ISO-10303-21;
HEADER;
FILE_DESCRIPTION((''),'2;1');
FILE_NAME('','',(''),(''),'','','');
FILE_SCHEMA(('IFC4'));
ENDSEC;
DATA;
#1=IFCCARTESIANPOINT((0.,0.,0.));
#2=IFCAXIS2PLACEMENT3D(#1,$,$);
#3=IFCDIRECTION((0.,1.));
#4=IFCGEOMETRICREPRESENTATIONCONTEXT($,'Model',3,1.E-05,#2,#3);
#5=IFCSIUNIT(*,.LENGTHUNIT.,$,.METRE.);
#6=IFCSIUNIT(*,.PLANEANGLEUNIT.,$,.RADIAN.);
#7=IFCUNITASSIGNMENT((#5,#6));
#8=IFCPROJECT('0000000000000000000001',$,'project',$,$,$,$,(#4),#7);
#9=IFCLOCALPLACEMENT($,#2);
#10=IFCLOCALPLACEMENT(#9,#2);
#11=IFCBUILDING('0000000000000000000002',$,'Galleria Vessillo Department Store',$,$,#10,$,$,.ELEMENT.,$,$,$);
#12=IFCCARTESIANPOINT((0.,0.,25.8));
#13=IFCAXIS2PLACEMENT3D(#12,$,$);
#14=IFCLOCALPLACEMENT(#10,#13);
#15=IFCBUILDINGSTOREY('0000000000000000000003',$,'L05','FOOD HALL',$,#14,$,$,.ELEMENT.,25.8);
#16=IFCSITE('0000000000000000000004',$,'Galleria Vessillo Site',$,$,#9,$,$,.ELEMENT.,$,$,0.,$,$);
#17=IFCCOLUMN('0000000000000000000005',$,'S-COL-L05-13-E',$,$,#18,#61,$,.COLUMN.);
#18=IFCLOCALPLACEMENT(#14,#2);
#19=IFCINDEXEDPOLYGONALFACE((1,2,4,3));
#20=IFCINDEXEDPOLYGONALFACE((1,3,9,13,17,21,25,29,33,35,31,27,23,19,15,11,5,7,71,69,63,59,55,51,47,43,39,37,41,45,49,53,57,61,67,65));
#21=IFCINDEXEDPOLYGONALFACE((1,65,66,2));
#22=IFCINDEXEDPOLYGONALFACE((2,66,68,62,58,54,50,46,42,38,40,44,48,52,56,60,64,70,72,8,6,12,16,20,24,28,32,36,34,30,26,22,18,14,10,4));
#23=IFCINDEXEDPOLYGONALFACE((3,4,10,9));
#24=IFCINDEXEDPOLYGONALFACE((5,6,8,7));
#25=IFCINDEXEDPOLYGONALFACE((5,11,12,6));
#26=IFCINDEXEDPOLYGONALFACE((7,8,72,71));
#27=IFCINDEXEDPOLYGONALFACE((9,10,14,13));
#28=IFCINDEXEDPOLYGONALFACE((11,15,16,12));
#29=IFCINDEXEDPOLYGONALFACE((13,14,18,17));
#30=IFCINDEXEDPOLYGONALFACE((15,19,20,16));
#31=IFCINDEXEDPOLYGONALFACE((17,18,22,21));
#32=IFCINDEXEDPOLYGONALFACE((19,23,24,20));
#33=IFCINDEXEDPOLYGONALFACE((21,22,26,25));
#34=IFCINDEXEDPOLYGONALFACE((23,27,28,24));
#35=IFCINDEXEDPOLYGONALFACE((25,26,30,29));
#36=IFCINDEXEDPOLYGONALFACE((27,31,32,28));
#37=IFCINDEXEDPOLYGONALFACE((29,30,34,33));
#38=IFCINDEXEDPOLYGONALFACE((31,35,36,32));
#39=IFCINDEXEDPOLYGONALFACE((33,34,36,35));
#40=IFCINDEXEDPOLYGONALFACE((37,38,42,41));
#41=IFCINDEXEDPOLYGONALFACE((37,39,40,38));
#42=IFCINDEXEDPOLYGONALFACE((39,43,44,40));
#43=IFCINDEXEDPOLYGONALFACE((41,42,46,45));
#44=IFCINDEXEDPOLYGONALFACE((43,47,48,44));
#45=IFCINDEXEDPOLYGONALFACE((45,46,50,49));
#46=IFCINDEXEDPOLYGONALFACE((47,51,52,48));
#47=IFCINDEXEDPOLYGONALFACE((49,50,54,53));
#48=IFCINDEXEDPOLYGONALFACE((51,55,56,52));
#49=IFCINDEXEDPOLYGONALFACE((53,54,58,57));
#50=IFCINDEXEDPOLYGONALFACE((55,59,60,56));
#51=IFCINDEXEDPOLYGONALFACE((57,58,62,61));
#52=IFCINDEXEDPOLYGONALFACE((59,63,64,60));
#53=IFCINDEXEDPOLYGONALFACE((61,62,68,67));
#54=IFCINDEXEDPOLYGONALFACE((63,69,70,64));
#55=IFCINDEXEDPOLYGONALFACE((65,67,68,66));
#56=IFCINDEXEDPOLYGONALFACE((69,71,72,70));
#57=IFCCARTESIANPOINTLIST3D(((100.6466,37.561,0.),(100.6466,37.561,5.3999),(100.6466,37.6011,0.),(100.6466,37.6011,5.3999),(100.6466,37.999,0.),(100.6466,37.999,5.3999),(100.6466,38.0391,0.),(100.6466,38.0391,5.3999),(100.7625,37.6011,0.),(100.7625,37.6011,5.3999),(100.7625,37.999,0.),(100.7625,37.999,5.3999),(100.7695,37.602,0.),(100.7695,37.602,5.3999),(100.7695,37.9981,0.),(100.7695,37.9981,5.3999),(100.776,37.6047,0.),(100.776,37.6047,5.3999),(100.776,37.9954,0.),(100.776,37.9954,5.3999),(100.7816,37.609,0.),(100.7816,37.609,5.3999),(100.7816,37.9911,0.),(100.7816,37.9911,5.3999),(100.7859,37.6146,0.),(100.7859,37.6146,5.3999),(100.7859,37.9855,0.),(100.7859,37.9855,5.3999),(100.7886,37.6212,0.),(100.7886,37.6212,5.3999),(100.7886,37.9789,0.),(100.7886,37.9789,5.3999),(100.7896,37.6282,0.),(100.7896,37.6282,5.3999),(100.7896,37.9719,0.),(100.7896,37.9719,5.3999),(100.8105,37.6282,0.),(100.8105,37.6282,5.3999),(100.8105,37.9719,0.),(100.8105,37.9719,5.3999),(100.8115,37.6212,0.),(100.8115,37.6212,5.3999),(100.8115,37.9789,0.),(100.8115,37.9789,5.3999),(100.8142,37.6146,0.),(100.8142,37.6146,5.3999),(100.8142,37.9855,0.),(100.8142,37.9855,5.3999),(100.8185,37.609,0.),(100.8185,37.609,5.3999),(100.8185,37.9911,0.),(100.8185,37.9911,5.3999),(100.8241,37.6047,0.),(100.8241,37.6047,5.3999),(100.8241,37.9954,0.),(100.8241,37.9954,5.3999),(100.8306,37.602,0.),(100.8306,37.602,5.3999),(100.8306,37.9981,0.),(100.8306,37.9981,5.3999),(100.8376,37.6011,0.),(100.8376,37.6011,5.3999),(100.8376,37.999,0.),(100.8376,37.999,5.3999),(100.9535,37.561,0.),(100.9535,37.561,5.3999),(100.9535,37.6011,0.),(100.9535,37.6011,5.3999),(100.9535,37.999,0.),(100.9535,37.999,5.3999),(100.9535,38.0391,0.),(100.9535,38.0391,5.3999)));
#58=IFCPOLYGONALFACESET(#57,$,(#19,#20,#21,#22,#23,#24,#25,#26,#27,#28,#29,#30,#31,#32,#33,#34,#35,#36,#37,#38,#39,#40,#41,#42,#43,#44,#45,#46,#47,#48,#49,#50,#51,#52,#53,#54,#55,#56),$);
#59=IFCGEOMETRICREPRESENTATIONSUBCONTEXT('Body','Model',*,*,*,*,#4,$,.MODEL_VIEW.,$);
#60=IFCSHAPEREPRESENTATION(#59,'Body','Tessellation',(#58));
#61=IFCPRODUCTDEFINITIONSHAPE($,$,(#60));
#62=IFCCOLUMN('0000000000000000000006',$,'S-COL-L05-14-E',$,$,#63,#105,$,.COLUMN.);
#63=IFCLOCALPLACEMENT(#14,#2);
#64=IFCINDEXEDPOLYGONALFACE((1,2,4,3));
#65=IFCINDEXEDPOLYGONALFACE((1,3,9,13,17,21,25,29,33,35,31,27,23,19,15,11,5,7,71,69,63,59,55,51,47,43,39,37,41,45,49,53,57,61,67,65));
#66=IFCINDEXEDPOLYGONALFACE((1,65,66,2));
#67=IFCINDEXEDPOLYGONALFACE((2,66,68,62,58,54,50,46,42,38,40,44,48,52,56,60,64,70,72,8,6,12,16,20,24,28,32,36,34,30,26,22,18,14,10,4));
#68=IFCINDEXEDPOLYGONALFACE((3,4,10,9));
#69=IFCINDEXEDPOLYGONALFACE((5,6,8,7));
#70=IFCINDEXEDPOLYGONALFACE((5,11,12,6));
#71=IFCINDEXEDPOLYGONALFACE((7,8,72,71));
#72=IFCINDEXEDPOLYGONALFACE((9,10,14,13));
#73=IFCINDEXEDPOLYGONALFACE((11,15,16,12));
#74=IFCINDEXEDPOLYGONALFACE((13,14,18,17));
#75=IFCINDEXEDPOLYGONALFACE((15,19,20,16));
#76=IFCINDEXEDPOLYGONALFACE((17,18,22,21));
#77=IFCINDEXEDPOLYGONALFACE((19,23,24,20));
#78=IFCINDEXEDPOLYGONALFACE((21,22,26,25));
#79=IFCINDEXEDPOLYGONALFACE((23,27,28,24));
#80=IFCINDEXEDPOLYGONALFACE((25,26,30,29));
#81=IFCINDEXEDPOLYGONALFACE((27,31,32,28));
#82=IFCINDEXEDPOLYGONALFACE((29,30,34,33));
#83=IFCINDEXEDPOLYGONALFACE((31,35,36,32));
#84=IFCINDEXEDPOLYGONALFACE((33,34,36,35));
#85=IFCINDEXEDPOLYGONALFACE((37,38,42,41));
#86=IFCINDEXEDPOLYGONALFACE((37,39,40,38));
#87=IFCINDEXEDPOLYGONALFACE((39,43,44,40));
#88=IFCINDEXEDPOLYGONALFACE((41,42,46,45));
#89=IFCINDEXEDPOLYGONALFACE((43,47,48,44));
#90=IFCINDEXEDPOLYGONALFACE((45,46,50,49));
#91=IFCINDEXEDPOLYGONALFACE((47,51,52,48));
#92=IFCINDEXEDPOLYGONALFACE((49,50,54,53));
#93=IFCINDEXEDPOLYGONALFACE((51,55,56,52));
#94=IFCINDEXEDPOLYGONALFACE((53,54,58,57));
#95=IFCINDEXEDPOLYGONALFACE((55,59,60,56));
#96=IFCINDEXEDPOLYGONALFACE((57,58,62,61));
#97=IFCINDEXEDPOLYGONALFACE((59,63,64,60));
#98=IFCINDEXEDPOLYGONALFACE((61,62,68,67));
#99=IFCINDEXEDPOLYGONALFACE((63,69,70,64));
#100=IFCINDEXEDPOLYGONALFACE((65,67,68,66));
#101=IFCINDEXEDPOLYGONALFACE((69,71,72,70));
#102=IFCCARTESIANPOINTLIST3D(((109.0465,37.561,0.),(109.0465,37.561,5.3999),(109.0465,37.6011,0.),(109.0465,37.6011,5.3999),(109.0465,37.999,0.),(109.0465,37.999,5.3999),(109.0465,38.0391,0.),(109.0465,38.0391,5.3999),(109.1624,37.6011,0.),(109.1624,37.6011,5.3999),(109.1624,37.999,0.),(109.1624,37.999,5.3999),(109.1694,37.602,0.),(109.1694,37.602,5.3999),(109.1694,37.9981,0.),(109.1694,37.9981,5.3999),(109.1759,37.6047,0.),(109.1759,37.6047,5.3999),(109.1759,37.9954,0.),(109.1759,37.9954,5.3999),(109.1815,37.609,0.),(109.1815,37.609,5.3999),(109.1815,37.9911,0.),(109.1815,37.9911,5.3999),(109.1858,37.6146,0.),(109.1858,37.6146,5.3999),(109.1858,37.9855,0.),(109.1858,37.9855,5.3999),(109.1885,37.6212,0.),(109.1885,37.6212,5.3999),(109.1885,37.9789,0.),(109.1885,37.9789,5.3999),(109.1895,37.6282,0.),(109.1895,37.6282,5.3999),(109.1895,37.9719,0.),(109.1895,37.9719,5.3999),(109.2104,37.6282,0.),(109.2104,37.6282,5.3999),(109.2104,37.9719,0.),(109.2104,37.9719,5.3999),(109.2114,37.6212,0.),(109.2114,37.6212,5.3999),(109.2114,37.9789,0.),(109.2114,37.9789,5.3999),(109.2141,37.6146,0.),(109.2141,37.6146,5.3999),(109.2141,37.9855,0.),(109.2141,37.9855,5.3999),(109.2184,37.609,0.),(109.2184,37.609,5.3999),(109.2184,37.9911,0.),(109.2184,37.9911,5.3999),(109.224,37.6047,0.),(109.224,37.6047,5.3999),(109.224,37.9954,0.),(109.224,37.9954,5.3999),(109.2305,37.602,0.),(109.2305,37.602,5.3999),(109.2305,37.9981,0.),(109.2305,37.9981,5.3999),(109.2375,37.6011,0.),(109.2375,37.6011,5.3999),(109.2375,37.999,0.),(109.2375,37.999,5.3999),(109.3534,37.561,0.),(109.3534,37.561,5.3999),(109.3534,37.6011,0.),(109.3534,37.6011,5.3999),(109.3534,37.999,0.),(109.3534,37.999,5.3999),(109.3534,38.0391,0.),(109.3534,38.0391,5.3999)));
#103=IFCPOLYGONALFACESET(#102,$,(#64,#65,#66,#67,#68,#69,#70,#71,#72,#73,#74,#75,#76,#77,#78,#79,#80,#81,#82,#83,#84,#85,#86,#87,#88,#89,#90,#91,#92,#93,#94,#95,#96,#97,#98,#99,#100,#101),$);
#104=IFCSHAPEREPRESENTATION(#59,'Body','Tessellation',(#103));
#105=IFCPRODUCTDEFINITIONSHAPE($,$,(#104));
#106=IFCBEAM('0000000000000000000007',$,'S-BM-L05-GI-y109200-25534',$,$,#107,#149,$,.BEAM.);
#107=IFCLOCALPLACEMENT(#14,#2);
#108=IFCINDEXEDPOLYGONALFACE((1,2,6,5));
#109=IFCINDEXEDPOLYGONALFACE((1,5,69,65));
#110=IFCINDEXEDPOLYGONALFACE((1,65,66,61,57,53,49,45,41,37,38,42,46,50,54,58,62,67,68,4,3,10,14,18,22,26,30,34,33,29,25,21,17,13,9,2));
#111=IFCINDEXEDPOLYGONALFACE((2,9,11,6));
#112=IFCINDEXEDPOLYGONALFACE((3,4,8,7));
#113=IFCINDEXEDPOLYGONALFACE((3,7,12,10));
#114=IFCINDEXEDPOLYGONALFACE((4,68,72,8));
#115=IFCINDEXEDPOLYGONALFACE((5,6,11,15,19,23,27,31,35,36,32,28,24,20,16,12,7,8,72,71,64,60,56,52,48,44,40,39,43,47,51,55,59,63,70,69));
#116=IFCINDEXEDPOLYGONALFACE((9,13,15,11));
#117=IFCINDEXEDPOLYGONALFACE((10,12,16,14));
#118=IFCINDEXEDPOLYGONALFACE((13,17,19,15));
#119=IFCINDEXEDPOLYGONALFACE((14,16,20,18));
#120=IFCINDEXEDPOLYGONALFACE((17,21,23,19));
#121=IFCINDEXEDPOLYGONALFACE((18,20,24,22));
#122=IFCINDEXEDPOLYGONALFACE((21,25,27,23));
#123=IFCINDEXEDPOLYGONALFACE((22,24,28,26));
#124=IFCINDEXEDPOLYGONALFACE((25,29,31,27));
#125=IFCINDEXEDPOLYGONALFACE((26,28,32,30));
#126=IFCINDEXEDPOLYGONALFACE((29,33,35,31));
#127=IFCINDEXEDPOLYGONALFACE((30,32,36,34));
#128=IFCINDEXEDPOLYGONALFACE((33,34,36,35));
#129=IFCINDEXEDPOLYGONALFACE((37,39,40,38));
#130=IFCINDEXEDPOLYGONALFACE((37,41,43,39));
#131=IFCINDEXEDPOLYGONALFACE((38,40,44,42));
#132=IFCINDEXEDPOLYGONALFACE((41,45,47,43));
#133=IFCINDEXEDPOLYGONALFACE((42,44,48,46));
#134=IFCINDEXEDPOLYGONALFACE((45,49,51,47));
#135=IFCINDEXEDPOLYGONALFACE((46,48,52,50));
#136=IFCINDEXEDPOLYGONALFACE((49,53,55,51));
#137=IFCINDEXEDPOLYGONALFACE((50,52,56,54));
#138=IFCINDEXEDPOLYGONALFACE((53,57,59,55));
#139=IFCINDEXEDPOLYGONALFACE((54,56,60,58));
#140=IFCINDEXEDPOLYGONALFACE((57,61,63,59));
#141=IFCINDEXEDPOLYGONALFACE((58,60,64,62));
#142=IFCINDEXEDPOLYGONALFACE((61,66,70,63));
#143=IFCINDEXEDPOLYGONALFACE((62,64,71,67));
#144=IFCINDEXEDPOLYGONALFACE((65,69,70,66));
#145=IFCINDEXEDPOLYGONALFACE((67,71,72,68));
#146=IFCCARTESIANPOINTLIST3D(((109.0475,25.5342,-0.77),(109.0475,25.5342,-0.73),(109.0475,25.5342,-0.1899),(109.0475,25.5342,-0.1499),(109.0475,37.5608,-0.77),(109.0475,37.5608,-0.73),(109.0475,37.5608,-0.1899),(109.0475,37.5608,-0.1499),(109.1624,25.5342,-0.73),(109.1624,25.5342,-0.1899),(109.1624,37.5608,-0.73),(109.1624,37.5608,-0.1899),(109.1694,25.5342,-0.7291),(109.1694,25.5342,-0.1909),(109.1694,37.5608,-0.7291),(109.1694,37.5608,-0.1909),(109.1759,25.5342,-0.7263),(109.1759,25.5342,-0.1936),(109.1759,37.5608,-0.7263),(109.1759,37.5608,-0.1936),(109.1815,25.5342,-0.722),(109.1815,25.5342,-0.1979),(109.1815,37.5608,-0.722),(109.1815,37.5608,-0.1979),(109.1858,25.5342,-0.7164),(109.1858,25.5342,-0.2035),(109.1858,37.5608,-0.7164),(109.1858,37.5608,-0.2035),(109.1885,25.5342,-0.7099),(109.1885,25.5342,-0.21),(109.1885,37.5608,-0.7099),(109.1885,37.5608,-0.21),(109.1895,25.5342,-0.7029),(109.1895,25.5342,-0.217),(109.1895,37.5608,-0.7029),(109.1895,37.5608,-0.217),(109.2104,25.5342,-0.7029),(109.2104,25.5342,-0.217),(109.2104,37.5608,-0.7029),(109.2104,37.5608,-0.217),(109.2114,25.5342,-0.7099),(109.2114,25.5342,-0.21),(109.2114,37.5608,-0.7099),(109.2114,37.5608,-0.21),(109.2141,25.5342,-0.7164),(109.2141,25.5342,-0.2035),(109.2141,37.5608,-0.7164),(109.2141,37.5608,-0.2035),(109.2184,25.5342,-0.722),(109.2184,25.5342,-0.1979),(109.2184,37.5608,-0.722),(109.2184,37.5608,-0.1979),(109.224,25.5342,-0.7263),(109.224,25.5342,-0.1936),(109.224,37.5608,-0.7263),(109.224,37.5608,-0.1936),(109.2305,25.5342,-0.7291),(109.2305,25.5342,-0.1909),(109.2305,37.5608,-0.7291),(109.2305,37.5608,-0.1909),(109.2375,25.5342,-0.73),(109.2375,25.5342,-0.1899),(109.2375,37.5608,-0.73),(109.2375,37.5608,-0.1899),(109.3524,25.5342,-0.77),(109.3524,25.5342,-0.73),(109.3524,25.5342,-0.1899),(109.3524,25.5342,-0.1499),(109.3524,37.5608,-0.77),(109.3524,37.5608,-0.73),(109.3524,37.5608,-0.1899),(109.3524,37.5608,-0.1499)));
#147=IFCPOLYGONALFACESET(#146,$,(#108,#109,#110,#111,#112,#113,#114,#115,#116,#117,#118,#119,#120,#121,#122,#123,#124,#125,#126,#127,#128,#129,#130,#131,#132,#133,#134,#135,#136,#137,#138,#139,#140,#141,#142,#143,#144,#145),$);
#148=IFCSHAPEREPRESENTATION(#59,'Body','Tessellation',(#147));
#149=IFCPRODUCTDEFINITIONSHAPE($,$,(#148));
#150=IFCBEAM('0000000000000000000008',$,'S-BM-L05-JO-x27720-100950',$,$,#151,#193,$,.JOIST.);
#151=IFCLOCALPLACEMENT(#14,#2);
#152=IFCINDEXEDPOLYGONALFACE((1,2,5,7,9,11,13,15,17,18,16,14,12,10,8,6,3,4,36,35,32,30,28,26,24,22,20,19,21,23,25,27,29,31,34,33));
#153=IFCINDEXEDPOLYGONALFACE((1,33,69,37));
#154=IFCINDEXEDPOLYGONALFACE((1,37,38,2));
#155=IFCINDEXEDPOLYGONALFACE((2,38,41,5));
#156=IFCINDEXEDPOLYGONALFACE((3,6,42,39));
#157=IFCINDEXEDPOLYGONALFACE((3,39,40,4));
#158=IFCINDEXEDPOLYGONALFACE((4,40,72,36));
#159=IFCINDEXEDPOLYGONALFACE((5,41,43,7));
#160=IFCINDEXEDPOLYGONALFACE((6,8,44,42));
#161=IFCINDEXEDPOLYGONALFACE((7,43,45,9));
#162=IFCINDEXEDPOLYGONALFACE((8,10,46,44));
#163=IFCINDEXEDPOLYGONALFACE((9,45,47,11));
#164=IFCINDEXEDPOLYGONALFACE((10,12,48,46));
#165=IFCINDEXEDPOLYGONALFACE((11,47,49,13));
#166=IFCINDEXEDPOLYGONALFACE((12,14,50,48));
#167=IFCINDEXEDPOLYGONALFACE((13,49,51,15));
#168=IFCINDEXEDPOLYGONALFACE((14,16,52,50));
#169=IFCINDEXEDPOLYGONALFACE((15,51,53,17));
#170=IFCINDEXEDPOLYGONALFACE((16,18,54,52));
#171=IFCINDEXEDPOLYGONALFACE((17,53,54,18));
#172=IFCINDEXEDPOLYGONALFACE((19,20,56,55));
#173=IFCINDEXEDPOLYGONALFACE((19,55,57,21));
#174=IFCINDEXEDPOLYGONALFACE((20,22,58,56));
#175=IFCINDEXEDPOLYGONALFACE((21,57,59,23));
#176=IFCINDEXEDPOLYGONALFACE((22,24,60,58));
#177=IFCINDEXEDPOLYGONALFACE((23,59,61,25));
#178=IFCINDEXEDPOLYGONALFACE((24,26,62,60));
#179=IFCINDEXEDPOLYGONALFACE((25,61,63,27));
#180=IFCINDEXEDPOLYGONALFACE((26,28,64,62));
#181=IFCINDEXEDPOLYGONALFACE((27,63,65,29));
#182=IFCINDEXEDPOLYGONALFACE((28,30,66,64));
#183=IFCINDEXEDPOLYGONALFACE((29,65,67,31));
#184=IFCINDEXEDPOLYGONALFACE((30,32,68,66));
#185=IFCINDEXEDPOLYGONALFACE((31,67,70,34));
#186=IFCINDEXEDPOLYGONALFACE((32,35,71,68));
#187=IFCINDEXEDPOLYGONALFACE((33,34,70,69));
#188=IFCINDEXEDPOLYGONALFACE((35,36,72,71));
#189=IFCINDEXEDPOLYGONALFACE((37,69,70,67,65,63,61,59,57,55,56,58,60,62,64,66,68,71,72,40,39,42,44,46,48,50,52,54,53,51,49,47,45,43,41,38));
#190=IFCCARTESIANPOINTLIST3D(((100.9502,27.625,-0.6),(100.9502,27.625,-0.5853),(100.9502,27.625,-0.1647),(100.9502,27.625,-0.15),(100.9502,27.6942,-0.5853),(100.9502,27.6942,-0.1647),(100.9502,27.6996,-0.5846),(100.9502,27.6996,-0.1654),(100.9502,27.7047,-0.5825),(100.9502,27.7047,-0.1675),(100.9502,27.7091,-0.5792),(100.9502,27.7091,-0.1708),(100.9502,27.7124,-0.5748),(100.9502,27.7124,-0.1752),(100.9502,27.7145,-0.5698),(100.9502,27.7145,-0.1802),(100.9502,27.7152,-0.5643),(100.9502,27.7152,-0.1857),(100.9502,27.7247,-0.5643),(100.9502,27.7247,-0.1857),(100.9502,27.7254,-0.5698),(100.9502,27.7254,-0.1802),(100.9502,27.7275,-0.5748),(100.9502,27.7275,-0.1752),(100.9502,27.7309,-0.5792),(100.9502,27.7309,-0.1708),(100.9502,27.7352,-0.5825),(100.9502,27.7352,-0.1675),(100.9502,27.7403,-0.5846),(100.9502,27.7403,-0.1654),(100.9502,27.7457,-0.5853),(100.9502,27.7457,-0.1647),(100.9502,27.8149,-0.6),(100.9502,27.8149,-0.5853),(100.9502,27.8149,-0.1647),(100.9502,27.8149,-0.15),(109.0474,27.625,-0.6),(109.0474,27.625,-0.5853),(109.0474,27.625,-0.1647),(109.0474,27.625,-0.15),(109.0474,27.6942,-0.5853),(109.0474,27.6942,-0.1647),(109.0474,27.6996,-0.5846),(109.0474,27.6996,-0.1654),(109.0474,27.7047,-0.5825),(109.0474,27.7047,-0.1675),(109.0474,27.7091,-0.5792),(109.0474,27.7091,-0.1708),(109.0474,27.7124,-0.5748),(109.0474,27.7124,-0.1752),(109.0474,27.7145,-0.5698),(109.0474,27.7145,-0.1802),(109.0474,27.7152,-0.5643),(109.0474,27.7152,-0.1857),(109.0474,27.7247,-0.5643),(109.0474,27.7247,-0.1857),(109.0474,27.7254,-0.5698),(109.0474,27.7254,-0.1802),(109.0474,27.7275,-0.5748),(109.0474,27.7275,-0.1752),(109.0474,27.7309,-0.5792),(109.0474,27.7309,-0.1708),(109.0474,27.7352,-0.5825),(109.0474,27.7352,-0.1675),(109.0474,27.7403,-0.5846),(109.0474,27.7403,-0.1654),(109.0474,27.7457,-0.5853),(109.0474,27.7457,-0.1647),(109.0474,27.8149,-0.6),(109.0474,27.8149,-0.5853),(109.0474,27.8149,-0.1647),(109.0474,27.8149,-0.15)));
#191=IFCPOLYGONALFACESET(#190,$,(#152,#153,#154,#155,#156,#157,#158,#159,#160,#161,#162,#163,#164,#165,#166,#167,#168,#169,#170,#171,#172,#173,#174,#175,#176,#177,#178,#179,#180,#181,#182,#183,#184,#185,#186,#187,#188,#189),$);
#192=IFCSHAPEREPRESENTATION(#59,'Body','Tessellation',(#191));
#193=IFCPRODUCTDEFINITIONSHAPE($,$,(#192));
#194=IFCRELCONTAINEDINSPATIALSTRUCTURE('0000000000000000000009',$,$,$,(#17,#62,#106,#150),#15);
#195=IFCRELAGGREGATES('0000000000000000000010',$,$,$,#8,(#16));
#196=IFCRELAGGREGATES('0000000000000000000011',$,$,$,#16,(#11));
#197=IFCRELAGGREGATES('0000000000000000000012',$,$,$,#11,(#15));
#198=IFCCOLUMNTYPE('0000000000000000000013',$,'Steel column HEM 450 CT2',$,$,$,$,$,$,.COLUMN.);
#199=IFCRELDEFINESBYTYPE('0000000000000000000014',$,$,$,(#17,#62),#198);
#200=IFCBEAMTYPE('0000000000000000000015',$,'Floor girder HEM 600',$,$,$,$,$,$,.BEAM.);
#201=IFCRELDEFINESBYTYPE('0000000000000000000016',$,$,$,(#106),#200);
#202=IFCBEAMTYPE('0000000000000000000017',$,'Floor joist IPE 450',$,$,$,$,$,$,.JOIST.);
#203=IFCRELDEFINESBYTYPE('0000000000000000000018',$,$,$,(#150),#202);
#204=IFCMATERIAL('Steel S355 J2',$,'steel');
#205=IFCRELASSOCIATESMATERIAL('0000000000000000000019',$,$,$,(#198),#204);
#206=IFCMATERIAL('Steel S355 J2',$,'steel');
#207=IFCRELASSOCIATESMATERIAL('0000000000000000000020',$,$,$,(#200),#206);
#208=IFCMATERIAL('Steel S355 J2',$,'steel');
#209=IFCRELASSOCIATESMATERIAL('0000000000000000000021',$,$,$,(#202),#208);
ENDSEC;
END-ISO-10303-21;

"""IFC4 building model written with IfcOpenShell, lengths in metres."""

from ifc_helpers import new_model, si_unit, direction, frame, origin, origin_2d, place, context, subcontext, project, spatial, i_section, extrude, material, material_profile, profile_set, type_object, element, save


model = new_model("IFC4")

# Units and contexts
model_context = context("Model", 3, precision=1e-05, world=origin(), true_north=direction((0.0, 1.0)))
body_context = subcontext(model_context, "Body", "Model", "MODEL_VIEW")
ifc_project = project(units=[si_unit("LENGTHUNIT", "METRE"), si_unit("PLANEANGLEUNIT", "RADIAN")], contexts=[model_context])

# Site, building, storey
site_placement = place(None, origin())
site = spatial("IfcSite", under=ifc_project, at=site_placement, Name="Galleria Vessillo Site", CompositionType="ELEMENT", RefElevation=0.0)
building_placement = place(site_placement, origin())
building = spatial("IfcBuilding", under=site, at=building_placement, Name="Galleria Vessillo Department Store", CompositionType="ELEMENT")
storey_placement = place(building_placement, frame((0.0, 0.0, 25.8)))
storey = spatial("IfcBuildingStorey", under=building, at=storey_placement, Name="L05", Description="FOOD HALL", CompositionType="ELEMENT", Elevation=25.8)

# Columns
ifc_material_1 = material(Name="Steel S355 J2", Category="steel")
ifc_material_profile_1 = material_profile(ifc_material_1, i_section(OverallWidth=0.3069, OverallDepth=0.478, WebThickness=0.021, FlangeThickness=0.04, FilletRadius=0.0271, at=origin_2d()), Name="HEM 450")
ifc_profile_set_1 = profile_set([ifc_material_profile_1], Name="Steel S355 J2")
column_type = type_object("IfcColumnType", Name="Steel column HEM 450 CT2", PredefinedType="COLUMN", material=ifc_profile_set_1)
for number, where, z_axis, x_axis, name in (
    (1, (100.8, 37.8, 0.0), (0.0, 0.0, 1.0), (1.0, 0.0, 0.0), "S-COL-L05-13-E"),
    (2, (109.2, 37.8, 0.0), (0.0, 0.0, 1.0), (1.0, 0.0, 0.0), "S-COL-L05-14-E"),
):
    element("IfcColumn", number, at=place(storey_placement, frame(where, z_axis=z_axis, x_axis=x_axis)), inside=storey, type_object=column_type, Name=name, PredefinedType="COLUMN", context=body_context, shape_type="SweptSolid", body=[
        extrude(i_section(OverallWidth=0.3069, OverallDepth=0.478, WebThickness=0.021, FlangeThickness=0.04, FilletRadius=0.0271, at=origin_2d()), origin(), (0.0, 0.0, 1.0), 5.3999),
    ])

# Beams
ifc_material_2 = material(Name="Steel S355 J2", Category="steel")
ifc_material_profile_2 = material_profile(ifc_material_2, i_section(OverallWidth=0.3049, OverallDepth=0.6201, WebThickness=0.021, FlangeThickness=0.04, FilletRadius=0.0271, at=origin_2d()), Name="HEM 600")
ifc_profile_set_2 = profile_set([ifc_material_profile_2], Name="Steel S355 J2")
beam_type_1 = type_object("IfcBeamType", Name="Floor girder HEM 600", PredefinedType="BEAM", material=ifc_profile_set_2)
beam_1_placement = place(storey_placement, frame((109.2, 25.5342, -0.46), z_axis=(0.0, 1.0, 0.0), x_axis=(-1.0, 0.0, 0.0)))
element("IfcBeam", 3, at=beam_1_placement, inside=storey, type_object=beam_type_1, Name="S-BM-L05-GI-y109200-25534", PredefinedType="BEAM", context=body_context, shape_type="SweptSolid", body=[
    extrude(i_section(OverallWidth=0.3049, OverallDepth=0.6201, WebThickness=0.021, FlangeThickness=0.04, FilletRadius=0.0271, at=origin_2d()), origin(), (0.0, 0.0, 1.0), 12.0266),
])
ifc_material_3 = material(Name="Steel S355 J2", Category="steel")
ifc_material_profile_3 = material_profile(ifc_material_3, i_section(OverallWidth=0.1899, OverallDepth=0.45, WebThickness=0.0095, FlangeThickness=0.0146, FilletRadius=0.021, at=origin_2d()), Name="IPE 450")
ifc_profile_set_3 = profile_set([ifc_material_profile_3], Name="Steel S355 J2")
beam_type_2 = type_object("IfcBeamType", Name="Floor joist IPE 450", PredefinedType="JOIST", material=ifc_profile_set_3)
for number, where, z_axis, x_axis, name in (
    (4, (100.9502, 27.72, -0.375), (1.0, 0.0, 0.0), (0.0, 1.0, 0.0), "S-BM-L05-JO-x27720-100950"),
):
    element("IfcBeam", number, at=place(storey_placement, frame(where, z_axis=z_axis, x_axis=x_axis)), inside=storey, type_object=beam_type_2, Name=name, PredefinedType="JOIST", context=body_context, shape_type="SweptSolid", body=[
        extrude(i_section(OverallWidth=0.1899, OverallDepth=0.45, WebThickness=0.0095, FlangeThickness=0.0146, FilletRadius=0.021, at=origin_2d()), origin(), (0.0, 0.0, 1.0), 8.0972),
    ])

save(model, "model.ifc")
